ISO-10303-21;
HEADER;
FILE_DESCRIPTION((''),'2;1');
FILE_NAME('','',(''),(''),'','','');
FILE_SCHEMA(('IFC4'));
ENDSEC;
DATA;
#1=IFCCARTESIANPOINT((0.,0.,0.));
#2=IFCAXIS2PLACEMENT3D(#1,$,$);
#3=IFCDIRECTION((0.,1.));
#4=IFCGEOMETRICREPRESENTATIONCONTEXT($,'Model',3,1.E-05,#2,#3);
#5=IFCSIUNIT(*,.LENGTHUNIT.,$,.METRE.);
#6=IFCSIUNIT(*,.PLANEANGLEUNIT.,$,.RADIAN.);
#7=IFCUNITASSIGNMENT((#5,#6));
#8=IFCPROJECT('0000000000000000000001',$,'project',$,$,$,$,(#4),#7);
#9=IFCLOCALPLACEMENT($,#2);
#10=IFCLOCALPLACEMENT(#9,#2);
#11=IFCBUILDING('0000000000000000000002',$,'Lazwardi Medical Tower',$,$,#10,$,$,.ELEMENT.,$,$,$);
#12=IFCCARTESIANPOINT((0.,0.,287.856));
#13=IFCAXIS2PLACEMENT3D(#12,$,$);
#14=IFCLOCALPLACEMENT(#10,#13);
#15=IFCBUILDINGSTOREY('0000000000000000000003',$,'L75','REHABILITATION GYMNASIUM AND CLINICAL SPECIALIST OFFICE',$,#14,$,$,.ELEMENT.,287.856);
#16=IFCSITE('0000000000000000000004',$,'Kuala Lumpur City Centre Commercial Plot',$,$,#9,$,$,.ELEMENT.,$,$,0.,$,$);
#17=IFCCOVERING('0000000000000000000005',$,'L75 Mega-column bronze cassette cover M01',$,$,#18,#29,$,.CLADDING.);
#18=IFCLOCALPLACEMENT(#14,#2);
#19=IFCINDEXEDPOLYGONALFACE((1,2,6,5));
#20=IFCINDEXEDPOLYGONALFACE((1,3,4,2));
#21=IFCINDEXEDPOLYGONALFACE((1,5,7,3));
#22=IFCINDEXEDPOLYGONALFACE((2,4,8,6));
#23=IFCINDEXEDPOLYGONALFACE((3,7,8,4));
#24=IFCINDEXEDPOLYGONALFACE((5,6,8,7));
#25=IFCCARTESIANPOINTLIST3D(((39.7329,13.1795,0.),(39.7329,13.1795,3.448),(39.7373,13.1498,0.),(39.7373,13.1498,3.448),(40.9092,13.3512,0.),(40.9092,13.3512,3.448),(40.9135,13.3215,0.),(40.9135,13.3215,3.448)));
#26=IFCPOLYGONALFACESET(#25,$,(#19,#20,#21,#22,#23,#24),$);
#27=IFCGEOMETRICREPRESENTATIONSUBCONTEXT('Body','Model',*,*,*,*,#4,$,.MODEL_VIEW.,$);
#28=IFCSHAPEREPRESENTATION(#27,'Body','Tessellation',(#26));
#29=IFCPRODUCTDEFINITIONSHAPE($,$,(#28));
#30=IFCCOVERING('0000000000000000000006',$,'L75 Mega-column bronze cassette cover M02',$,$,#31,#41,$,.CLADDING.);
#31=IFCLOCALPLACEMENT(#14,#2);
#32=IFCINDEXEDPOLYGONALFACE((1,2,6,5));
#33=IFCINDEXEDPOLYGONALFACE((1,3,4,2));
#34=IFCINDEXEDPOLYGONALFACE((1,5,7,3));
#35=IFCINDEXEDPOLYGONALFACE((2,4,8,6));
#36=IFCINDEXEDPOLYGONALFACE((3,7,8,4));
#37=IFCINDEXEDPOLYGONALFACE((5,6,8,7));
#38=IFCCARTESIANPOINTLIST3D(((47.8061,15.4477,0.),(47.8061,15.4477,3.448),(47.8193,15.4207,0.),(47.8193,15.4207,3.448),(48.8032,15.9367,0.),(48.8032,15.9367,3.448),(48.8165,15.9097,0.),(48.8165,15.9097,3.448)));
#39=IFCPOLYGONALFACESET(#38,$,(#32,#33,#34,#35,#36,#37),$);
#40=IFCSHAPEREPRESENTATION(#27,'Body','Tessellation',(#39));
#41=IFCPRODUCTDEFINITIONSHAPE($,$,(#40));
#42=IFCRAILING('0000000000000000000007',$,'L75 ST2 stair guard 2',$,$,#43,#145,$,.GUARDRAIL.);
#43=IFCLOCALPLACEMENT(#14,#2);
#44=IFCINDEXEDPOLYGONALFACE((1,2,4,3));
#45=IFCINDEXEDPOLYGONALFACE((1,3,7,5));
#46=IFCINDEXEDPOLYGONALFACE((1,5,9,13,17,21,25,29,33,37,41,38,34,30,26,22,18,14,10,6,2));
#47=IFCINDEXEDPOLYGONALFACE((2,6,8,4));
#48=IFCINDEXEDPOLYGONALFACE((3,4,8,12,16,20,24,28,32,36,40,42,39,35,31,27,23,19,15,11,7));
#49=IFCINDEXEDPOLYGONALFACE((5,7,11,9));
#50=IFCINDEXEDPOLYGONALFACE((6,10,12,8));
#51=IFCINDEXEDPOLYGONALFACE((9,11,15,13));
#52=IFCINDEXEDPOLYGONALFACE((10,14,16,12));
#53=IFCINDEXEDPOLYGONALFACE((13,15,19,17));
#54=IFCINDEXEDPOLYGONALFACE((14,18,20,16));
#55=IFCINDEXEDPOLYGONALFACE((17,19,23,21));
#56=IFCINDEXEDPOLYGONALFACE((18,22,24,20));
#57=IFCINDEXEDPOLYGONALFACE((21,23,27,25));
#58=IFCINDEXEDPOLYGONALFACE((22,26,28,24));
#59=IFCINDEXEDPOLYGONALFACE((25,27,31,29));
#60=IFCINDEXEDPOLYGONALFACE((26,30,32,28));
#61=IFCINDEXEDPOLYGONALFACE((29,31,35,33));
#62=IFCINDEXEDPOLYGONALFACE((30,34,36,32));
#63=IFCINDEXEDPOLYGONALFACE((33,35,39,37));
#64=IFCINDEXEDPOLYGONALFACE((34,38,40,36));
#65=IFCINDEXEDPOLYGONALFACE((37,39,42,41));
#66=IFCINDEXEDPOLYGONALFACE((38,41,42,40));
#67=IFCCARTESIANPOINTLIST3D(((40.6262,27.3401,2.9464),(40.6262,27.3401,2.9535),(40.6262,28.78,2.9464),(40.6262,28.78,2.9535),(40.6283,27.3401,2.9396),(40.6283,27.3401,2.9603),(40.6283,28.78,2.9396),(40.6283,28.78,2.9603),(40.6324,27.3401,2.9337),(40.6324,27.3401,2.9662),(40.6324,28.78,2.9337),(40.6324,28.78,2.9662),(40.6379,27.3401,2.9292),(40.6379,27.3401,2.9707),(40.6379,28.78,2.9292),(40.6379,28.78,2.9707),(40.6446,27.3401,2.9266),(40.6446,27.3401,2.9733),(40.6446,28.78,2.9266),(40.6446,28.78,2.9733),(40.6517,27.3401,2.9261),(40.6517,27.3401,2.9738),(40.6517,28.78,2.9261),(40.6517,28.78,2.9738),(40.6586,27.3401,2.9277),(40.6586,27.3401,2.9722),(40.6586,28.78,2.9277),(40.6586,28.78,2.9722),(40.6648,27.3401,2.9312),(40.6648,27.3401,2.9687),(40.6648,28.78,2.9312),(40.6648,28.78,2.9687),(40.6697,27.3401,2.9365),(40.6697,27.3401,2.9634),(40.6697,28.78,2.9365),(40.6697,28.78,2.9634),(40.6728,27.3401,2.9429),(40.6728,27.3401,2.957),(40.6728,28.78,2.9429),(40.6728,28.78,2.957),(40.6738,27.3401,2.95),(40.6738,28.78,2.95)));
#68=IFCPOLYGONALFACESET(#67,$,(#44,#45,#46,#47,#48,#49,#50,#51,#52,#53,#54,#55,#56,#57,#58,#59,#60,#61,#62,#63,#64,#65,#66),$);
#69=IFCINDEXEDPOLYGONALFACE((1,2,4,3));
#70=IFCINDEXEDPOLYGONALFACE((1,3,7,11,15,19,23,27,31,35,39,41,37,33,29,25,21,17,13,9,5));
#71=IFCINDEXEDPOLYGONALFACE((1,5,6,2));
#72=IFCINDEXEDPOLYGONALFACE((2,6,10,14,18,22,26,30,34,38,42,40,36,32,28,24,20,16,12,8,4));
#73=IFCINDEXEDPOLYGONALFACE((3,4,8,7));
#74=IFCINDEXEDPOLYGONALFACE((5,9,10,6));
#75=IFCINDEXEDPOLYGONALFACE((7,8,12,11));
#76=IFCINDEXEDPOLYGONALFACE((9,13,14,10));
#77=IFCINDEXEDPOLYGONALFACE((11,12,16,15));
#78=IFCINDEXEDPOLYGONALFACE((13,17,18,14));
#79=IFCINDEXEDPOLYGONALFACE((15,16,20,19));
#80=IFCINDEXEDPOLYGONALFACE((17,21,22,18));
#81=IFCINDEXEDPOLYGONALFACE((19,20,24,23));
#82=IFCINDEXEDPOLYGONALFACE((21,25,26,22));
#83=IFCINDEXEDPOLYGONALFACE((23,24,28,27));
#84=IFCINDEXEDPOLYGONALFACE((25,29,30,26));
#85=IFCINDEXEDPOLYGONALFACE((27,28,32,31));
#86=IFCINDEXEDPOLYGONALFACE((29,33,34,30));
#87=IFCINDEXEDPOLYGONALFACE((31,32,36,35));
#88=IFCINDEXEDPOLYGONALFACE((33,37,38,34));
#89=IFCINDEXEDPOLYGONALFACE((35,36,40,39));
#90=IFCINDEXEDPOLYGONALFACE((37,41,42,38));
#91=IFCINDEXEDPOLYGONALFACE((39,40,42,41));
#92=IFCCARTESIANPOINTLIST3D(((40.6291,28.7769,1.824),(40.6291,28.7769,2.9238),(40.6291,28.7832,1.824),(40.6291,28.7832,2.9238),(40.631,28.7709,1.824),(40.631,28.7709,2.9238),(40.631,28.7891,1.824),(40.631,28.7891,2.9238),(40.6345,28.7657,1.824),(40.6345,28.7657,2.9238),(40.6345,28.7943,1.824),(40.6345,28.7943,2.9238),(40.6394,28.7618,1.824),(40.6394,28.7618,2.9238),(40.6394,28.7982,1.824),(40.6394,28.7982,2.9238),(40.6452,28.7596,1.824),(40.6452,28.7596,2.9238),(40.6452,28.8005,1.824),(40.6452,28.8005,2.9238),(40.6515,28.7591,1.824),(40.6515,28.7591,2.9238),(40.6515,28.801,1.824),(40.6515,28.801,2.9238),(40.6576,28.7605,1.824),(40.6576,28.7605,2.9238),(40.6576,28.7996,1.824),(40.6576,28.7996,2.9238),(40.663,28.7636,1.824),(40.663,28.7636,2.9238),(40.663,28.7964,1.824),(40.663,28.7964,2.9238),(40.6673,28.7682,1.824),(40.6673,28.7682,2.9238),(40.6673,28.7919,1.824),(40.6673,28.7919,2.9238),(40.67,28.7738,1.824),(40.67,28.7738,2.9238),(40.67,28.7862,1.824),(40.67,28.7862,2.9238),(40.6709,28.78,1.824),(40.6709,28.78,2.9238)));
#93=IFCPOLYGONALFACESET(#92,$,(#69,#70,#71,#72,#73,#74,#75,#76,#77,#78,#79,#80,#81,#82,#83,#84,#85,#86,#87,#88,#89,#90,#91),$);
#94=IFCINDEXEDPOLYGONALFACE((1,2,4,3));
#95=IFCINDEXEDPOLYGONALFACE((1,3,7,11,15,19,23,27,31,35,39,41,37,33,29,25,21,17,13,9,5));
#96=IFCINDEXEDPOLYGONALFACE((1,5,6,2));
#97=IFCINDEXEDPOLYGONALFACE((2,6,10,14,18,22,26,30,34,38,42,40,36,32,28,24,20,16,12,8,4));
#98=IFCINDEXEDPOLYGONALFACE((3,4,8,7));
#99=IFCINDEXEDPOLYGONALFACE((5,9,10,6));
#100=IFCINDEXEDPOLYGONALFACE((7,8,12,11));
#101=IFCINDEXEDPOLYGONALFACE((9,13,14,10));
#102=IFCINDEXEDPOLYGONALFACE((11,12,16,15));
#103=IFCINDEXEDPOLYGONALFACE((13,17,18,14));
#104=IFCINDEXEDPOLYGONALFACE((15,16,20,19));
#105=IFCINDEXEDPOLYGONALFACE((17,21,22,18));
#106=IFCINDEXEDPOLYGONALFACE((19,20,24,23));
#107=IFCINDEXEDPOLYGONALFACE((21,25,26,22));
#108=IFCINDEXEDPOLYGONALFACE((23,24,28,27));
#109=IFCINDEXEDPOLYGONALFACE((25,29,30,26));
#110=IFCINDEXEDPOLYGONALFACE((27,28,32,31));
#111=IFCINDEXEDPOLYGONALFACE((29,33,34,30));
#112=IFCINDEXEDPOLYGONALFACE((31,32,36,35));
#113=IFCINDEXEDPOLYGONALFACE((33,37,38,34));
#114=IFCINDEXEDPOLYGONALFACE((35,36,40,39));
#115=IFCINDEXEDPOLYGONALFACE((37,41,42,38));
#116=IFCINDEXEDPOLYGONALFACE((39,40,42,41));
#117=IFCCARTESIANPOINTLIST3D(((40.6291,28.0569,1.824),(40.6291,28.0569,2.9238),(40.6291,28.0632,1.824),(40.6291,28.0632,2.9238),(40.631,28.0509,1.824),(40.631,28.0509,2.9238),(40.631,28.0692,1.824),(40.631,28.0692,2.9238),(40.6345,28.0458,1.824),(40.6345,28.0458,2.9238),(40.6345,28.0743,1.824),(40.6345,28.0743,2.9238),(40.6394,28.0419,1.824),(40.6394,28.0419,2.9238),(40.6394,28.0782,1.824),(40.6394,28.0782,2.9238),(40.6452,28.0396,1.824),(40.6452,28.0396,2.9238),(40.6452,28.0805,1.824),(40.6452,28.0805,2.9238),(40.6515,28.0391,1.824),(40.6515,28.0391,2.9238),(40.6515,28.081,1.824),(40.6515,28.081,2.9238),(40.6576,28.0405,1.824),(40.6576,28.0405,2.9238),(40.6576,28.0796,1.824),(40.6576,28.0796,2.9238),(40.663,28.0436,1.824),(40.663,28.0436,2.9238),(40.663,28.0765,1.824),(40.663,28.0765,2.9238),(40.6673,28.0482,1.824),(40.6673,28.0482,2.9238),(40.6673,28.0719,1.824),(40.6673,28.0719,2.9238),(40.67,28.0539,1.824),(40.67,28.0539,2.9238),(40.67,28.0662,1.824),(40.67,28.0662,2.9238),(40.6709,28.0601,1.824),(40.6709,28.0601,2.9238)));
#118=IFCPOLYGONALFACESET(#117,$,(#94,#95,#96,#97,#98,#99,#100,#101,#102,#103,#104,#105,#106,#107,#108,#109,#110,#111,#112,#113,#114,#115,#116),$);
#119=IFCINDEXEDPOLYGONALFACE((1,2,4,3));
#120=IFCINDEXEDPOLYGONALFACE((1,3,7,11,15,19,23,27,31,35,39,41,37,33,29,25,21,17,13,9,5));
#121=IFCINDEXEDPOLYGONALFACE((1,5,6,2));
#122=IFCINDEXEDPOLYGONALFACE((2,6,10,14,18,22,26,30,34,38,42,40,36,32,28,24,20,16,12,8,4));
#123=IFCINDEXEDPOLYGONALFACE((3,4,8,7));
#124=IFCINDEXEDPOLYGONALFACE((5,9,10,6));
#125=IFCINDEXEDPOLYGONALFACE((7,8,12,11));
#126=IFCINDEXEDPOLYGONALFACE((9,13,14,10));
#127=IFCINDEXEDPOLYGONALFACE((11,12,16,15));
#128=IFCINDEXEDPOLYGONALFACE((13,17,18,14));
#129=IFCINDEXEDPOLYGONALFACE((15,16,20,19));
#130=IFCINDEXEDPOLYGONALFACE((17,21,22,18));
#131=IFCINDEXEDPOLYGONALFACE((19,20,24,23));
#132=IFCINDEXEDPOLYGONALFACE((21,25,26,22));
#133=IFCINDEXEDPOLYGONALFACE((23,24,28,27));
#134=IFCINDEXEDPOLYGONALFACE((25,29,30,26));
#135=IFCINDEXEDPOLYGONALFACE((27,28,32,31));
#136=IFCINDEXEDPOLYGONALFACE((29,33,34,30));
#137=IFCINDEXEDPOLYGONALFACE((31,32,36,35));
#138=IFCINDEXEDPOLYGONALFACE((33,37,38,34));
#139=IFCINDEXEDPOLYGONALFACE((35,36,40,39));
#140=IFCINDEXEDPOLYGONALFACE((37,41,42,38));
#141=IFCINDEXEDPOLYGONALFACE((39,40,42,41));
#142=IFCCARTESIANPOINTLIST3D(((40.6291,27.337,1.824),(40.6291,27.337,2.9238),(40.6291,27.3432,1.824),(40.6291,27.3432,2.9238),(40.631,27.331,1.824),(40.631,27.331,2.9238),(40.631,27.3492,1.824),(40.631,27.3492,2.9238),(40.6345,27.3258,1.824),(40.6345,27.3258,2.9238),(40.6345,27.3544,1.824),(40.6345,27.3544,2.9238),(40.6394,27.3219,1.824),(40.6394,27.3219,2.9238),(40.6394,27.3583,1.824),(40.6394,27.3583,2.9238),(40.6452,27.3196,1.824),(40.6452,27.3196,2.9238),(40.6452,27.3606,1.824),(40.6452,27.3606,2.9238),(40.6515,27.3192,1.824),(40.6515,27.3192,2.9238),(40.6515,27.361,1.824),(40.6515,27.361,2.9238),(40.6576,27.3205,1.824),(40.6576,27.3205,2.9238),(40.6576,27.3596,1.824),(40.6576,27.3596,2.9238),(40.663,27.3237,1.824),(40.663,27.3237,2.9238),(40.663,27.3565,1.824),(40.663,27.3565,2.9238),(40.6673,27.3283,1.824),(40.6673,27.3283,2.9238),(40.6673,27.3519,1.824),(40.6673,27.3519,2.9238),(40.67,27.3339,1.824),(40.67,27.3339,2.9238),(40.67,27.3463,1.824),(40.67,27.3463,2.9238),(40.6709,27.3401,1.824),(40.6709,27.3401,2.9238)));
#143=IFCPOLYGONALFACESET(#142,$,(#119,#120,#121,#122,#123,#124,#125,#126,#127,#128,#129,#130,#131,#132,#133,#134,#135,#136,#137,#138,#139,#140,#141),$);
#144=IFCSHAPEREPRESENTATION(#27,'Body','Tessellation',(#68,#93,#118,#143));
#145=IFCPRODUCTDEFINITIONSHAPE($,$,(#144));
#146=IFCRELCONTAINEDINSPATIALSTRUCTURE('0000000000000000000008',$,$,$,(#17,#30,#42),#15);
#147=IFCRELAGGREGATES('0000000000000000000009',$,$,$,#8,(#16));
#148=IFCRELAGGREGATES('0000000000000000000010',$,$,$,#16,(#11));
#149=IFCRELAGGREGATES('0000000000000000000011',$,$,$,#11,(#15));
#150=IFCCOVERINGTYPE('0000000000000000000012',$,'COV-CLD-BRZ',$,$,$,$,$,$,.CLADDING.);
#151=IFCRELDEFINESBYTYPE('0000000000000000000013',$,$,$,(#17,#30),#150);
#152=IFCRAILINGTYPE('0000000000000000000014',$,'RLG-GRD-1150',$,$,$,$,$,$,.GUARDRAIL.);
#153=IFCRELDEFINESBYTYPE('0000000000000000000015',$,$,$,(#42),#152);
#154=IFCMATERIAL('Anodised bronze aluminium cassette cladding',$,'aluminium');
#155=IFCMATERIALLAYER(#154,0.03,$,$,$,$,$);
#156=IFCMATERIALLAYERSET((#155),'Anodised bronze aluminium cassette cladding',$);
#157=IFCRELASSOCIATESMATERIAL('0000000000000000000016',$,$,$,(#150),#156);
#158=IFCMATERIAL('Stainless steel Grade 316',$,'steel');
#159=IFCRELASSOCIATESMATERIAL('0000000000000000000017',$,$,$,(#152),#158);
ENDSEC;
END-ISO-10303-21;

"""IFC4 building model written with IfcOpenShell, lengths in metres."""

from ifc_helpers import new_model, si_unit, direction, frame, origin, origin_2d, place, context, subcontext, project, spatial, rectangle, circle, extrude, material, layer, layer_set, type_object, element, save


model = new_model("IFC4")

# Units and contexts
model_context = context("Model", 3, precision=1e-05, world=origin(), true_north=direction((0.0, 1.0)))
body_context = subcontext(model_context, "Body", "Model", "MODEL_VIEW")
ifc_project = project(units=[si_unit("LENGTHUNIT", "METRE"), si_unit("PLANEANGLEUNIT", "RADIAN")], contexts=[model_context])

# Site, building, storey
site_placement = place(None, origin())
site = spatial("IfcSite", under=ifc_project, at=site_placement, Name="Kuala Lumpur City Centre Commercial Plot", CompositionType="ELEMENT", RefElevation=0.0)
building_placement = place(site_placement, origin())
building = spatial("IfcBuilding", under=site, at=building_placement, Name="Lazwardi Medical Tower", CompositionType="ELEMENT")
storey_placement = place(building_placement, frame((0.0, 0.0, 287.856)))
storey = spatial("IfcBuildingStorey", under=building, at=storey_placement, Name="L75", Description="REHABILITATION GYMNASIUM AND CLINICAL SPECIALIST OFFICE", CompositionType="ELEMENT", Elevation=287.856)

# Coverings
ifc_material_1 = material(Name="Anodised bronze aluminium cassette cladding", Category="aluminium")
ifc_layer_1 = layer(ifc_material_1, 0.03)
ifc_layer_set_1 = layer_set([ifc_layer_1], Name="Anodised bronze aluminium cassette cladding")
covering_type = type_object("IfcCoveringType", Name="COV-CLD-BRZ", PredefinedType="CLADDING", material=ifc_layer_set_1)
covering_1_placement = place(storey_placement, frame((40.3232, 13.2505, 0.0), z_axis=(0.0, 0.0, 1.0), x_axis=(0.989512, 0.144448, 0.0)))
element("IfcCovering", 1, at=covering_1_placement, inside=storey, type_object=covering_type, Name="L75 Mega-column bronze cassette cover M01", PredefinedType="CLADDING", context=body_context, shape_type="SweptSolid", body=[
    extrude(rectangle(XDim=1.1887, YDim=0.03, at=origin_2d()), origin(), (0.0, 0.0, 1.0), 3.448),
])
covering_2_placement = place(storey_placement, frame((48.3113, 15.6787, 0.0), z_axis=(0.0, 0.0, 1.0), x_axis=(0.89784, 0.440322, 0.0)))
element("IfcCovering", 2, at=covering_2_placement, inside=storey, type_object=covering_type, Name="L75 Mega-column bronze cassette cover M02", PredefinedType="CLADDING", context=body_context, shape_type="SweptSolid", body=[
    extrude(rectangle(XDim=1.1106, YDim=0.03, at=origin_2d()), origin(), (0.0, 0.0, 1.0), 3.448),
])

# Railing
ifc_material_2 = material(Name="Stainless steel Grade 316", Category="steel")
railing_type_1 = type_object("IfcRailingType", Name="RLG-GRD-1150", PredefinedType="GUARDRAIL", material=ifc_material_2)
railing_1_placement = place(storey_placement, frame((40.6499, 28.78, 1.824)))
element("IfcRailing", 3, at=railing_1_placement, inside=storey, type_object=railing_type_1, Name="L75 ST2 stair guard 2", PredefinedType="GUARDRAIL", context=body_context, shape_type="SweptSolid", body=[
    extrude(circle(Radius=0.0239, at=origin_2d()), frame((0.0, 0.0, 1.126), z_axis=(0.0, -1.0, 0.0), x_axis=(1.0, 0.0, 0.0)), (0.0, 0.0, 1.0), 1.4399),
    extrude(circle(Radius=0.021, at=origin_2d()), origin(), (0.0, 0.0, 1.0), 1.0999),
    extrude(circle(Radius=0.021, at=origin_2d()), frame((0.0, -0.72, 0.0)), (0.0, 0.0, 1.0), 1.0999),
    extrude(circle(Radius=0.021, at=origin_2d()), frame((0.0, -1.4399, 0.0)), (0.0, 0.0, 1.0), 1.0999),
])

save(model, "model.ifc")
